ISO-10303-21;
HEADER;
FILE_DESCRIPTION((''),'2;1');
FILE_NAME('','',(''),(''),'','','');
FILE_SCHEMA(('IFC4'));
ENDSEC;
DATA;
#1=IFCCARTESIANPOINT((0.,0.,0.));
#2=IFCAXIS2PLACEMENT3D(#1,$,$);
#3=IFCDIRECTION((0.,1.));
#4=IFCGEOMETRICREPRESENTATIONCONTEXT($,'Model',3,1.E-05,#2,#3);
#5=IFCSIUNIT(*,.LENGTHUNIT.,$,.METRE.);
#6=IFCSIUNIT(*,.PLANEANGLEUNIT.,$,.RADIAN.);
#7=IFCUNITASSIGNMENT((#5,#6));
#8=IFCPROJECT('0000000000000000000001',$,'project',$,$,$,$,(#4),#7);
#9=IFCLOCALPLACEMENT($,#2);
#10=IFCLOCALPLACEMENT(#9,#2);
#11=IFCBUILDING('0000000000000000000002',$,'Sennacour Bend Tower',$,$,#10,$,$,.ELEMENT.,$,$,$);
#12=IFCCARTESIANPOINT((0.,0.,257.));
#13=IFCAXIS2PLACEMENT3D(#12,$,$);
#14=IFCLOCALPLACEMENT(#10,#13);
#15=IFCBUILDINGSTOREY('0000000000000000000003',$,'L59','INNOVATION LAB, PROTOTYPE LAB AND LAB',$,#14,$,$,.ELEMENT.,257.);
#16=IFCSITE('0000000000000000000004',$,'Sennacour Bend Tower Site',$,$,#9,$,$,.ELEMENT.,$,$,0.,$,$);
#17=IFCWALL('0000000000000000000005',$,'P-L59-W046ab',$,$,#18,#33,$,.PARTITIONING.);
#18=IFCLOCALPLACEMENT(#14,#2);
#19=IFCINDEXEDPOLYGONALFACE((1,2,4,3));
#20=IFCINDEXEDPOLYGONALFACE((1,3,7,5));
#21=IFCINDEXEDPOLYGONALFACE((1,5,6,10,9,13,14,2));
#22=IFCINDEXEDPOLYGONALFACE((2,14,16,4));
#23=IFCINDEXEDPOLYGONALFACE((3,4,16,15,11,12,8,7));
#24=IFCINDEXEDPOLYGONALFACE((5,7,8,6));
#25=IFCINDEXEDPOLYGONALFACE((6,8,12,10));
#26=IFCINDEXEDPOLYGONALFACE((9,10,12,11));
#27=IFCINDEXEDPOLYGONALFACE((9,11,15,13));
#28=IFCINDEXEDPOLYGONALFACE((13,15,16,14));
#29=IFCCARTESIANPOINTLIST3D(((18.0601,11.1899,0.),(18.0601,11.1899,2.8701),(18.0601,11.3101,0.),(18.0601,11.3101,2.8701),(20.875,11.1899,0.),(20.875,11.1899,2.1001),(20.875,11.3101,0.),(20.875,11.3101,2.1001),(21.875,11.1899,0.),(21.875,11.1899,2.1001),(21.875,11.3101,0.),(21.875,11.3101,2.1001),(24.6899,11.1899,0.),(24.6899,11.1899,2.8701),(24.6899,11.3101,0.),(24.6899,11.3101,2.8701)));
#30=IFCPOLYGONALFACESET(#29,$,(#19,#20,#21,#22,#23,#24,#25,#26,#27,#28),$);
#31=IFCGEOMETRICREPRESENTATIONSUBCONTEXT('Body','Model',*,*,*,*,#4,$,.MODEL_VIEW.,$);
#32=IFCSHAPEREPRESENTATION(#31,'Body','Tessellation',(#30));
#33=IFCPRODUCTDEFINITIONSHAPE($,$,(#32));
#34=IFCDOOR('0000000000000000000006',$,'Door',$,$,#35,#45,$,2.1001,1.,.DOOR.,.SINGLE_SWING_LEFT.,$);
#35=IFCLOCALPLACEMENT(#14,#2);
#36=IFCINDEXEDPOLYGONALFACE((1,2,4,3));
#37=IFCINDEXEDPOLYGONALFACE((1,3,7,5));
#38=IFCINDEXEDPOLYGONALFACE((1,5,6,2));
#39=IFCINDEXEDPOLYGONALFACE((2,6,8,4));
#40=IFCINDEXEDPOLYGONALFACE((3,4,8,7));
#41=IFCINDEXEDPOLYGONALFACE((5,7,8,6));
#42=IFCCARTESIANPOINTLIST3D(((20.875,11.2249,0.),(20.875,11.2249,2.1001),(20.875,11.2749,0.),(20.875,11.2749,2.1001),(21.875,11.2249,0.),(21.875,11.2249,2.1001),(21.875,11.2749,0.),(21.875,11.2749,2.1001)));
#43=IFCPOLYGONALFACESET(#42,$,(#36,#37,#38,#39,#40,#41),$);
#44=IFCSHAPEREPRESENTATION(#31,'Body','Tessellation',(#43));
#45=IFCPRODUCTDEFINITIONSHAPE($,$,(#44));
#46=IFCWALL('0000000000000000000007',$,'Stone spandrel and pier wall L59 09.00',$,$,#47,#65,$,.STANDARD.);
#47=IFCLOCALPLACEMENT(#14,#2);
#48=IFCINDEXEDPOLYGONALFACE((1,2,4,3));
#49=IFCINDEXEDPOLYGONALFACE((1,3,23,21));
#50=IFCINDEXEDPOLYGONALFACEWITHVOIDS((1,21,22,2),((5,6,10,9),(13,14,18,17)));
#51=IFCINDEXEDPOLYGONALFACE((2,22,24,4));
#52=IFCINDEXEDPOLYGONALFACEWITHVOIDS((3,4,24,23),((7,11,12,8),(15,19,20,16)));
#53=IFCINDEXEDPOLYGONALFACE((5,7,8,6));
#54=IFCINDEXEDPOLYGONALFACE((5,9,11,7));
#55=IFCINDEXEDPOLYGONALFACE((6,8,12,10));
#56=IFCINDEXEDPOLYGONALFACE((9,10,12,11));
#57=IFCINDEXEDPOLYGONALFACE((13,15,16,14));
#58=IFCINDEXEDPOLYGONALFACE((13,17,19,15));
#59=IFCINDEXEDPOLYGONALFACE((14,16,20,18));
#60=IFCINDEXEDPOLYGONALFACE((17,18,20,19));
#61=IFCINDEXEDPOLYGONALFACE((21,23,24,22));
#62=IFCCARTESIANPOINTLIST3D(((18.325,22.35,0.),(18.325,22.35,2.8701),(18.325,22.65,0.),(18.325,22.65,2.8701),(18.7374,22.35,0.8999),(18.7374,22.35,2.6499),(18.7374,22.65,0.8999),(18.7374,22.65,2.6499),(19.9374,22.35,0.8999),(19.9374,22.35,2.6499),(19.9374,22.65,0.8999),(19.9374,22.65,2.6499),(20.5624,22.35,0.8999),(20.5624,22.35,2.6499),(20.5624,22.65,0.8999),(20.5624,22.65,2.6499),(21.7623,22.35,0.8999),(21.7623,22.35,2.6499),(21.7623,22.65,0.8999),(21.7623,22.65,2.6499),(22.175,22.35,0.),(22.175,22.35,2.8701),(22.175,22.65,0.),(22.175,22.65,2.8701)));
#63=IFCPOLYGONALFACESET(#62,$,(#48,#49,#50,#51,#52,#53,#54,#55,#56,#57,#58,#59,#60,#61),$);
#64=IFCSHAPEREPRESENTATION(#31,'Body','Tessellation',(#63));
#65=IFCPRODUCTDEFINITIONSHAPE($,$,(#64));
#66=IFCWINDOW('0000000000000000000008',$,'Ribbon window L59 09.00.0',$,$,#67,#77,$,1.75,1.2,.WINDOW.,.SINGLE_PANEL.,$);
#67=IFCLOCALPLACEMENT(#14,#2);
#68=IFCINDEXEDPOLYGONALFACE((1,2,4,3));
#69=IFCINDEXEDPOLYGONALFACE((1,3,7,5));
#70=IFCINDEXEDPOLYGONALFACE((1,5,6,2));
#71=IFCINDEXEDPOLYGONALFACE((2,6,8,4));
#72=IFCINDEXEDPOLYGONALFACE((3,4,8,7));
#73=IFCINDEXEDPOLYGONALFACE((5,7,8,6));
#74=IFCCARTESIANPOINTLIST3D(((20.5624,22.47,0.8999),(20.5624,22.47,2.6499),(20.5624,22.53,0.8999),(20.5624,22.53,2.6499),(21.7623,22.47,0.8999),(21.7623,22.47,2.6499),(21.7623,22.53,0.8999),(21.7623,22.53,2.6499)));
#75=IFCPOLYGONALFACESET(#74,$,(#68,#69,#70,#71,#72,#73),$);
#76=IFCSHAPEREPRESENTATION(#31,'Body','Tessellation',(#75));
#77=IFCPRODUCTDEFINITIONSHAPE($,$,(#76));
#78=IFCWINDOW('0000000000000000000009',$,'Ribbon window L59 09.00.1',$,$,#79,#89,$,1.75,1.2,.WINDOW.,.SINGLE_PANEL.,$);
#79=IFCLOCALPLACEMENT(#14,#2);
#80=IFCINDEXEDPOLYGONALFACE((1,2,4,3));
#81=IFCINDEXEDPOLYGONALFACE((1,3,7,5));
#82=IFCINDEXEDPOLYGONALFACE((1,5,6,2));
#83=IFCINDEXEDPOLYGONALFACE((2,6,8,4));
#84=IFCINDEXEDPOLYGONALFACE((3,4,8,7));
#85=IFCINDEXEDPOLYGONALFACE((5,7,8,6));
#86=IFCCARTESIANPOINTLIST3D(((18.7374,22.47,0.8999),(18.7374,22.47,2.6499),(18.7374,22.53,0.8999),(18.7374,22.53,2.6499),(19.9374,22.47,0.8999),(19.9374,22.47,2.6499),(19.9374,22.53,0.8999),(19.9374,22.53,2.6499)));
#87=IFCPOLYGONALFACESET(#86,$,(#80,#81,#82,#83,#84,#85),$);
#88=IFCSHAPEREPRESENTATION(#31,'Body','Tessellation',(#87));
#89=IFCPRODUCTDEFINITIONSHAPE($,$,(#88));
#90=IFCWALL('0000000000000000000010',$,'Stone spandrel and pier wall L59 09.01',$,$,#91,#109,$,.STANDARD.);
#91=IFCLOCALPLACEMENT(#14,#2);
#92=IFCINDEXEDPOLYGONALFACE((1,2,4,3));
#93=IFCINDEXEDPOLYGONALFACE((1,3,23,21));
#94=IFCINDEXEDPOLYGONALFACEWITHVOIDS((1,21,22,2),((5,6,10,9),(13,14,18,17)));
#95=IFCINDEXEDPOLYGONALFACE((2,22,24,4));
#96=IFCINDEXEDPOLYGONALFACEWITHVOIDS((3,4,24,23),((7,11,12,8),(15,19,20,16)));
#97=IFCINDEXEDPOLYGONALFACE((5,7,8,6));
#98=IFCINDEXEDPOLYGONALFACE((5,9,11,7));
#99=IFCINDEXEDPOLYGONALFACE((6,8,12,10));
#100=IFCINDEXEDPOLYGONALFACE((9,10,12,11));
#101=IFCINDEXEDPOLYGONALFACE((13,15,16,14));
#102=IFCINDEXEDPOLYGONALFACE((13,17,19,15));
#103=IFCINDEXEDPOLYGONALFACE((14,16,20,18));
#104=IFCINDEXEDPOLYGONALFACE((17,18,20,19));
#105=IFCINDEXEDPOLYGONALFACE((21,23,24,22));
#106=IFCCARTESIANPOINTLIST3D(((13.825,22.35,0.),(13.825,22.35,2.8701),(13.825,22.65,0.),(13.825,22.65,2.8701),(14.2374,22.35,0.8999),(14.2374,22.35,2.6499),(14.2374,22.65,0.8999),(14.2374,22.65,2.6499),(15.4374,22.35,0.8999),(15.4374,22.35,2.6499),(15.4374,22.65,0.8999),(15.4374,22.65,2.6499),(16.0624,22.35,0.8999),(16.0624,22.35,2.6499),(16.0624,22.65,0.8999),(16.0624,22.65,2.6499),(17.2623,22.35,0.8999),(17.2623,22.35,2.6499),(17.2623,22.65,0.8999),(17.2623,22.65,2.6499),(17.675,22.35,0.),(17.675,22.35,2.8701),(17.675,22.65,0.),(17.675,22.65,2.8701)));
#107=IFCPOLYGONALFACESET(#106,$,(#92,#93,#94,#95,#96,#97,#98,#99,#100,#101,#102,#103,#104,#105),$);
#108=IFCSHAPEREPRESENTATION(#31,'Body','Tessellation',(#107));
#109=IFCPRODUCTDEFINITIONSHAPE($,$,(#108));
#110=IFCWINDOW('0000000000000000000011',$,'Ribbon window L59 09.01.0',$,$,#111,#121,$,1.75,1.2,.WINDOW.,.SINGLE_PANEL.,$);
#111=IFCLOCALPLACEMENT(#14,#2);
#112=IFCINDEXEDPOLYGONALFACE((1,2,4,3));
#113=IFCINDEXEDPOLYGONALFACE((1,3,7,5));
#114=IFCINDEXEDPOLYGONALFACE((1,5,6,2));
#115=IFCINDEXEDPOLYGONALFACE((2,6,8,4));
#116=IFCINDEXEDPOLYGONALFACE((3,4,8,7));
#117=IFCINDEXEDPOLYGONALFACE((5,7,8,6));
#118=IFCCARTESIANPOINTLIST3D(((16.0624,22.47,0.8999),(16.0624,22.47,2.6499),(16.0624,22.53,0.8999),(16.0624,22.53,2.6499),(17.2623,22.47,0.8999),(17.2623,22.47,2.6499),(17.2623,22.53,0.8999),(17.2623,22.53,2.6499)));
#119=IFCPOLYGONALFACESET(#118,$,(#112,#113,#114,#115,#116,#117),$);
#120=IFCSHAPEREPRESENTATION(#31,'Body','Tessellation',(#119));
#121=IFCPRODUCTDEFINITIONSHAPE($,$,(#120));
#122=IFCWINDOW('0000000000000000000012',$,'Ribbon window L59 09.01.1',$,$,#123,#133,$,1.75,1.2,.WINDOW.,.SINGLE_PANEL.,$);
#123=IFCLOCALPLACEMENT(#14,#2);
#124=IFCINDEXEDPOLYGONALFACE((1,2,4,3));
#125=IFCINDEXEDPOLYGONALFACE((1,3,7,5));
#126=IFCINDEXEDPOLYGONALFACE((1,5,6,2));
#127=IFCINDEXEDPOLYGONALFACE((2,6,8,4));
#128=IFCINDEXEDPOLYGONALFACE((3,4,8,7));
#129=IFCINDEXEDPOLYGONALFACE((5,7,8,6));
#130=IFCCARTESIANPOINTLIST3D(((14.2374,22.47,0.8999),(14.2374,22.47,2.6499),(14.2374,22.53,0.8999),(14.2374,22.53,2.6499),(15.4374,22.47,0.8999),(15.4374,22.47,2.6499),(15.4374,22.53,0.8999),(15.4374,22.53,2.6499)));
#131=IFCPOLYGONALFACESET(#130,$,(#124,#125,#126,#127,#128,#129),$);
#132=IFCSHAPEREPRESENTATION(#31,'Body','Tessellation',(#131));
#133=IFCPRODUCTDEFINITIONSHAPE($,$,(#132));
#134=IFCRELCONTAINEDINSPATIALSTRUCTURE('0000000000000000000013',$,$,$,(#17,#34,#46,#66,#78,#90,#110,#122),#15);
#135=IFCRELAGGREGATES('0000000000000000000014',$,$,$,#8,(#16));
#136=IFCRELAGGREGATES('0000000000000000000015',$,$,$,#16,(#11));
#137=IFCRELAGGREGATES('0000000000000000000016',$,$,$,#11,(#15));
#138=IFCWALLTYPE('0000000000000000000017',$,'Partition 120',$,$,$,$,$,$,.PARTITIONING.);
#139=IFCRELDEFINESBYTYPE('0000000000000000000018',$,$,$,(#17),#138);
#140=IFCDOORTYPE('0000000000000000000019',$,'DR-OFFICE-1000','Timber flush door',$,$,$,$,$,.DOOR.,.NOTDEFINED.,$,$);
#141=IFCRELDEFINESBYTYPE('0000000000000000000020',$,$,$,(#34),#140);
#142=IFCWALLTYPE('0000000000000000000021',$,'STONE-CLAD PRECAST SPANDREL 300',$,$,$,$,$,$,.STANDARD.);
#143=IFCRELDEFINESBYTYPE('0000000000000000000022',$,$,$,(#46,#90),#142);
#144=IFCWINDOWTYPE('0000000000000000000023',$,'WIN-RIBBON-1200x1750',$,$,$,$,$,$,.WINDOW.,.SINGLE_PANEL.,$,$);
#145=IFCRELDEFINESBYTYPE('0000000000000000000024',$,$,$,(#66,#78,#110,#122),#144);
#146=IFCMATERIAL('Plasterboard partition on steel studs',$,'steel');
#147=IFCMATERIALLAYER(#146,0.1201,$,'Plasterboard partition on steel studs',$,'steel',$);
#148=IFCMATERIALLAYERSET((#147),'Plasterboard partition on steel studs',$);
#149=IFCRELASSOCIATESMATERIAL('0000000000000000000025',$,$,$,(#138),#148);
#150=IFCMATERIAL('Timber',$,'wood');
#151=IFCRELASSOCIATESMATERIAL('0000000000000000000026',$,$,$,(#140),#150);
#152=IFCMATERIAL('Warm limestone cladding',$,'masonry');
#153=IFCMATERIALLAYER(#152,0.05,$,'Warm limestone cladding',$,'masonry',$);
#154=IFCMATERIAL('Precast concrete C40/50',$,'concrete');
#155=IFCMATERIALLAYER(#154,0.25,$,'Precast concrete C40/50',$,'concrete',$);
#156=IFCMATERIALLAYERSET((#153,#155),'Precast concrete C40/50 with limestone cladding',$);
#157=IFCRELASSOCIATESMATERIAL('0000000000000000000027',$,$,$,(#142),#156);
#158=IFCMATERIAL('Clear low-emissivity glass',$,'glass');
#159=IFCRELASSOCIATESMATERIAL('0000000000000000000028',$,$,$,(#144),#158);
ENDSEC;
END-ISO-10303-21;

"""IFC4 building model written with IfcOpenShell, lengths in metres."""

from ifc_helpers import new_model, si_unit, direction, frame, frame_2d, origin, place, context, subcontext, project, spatial, rectangle, extrude, material, layer, layer_set, type_object, element, fill, save


model = new_model("IFC4")

# Units and contexts
model_context = context("Model", 3, precision=1e-05, world=origin(), true_north=direction((0.0, 1.0)))
body_context = subcontext(model_context, "Body", "Model", "MODEL_VIEW")
ifc_project = project(units=[si_unit("LENGTHUNIT", "METRE"), si_unit("PLANEANGLEUNIT", "RADIAN")], contexts=[model_context])

# Site, building, storey
site_placement = place(None, origin())
site = spatial("IfcSite", under=ifc_project, at=site_placement, Name="Sennacour Bend Tower Site", CompositionType="ELEMENT", RefElevation=0.0)
building_placement = place(site_placement, origin())
building = spatial("IfcBuilding", under=site, at=building_placement, Name="Sennacour Bend Tower", CompositionType="ELEMENT")
storey_placement = place(building_placement, frame((0.0, 0.0, 257.0)))
storey = spatial("IfcBuildingStorey", under=building, at=storey_placement, Name="L59", Description="INNOVATION LAB, PROTOTYPE LAB AND LAB", CompositionType="ELEMENT", Elevation=257.0)

# Shared definitions
ifc_material_1 = material(Name="Plasterboard partition on steel studs", Category="steel")
ifc_layer_1 = layer(ifc_material_1, 0.1201, Name="Plasterboard partition on steel studs", Category="steel")
ifc_layer_set_1 = layer_set([ifc_layer_1], Name="Plasterboard partition on steel studs")
wall_type_1 = type_object("IfcWallType", Name="Partition 120", PredefinedType="PARTITIONING", material=ifc_layer_set_1)

# Wall, opening, door
ifc_material_2 = material(Name="Timber", Category="wood")
door_type = type_object("IfcDoorType", Name="DR-OFFICE-1000", Description="Timber flush door", OperationType="NOTDEFINED", PredefinedType="DOOR", material=ifc_material_2)
wall_1_placement = place(storey_placement, frame((18.0601, 11.25, 0.0), z_axis=(0.0, 0.0, 1.0), x_axis=(1.0, 0.0, 0.0)))
wall_1 = element("IfcWall", 1, at=wall_1_placement, inside=storey, type_object=wall_type_1, Name="P-L59-W046ab", PredefinedType="PARTITIONING", context=body_context, shape_type="SweptSolid", body=[
    extrude(rectangle(XDim=6.6299, YDim=0.1201, at=frame_2d((3.3149, 0.0))), origin(), (0.0, 0.0, 1.0), 2.8701),
])
opening_1_placement = place(wall_1_placement, frame((2.8149, 0.0, 0.0)))
opening_1 = element("IfcOpeningElement", 2, at=opening_1_placement, cuts=wall_1, PredefinedType="OPENING", context=body_context, shape_type="SweptSolid", body=[
    extrude(rectangle(XDim=1.0, YDim=2.1001, at=frame_2d((0.5, 1.05))), frame((0.0, 0.0701, 0.0), z_axis=(0.0, -1.0, 0.0), x_axis=(1.0, 0.0, 0.0)), (0.0, 0.0, 1.0), 0.1401),
])
door_1_placement = place(opening_1_placement, origin())
door_1 = element("IfcDoor", 3, at=door_1_placement, inside=storey, type_object=door_type, Name="Door", OperationType="SINGLE_SWING_LEFT", OverallHeight=2.1001, OverallWidth=1.0, PredefinedType="DOOR", context=body_context, shape_type="SweptSolid", body=[
    extrude(rectangle(XDim=1.0, YDim=2.1001, at=frame_2d((0.5, 1.05))), frame((0.0, 0.0249, 0.0), z_axis=(0.0, -1.0, 0.0), x_axis=(1.0, 0.0, 0.0)), (0.0, 0.0, 1.0), 0.05),
])
fill(opening_1, door_1)

# Walls, openings, windows
ifc_material_3 = material(Name="Warm limestone cladding", Category="masonry")
ifc_layer_2 = layer(ifc_material_3, 0.05, Name="Warm limestone cladding", Category="masonry")
ifc_material_4 = material(Name="Precast concrete C40/50", Category="concrete")
ifc_layer_3 = layer(ifc_material_4, 0.25, Name="Precast concrete C40/50", Category="concrete")
ifc_layer_set_2 = layer_set([ifc_layer_2, ifc_layer_3], Name="Precast concrete C40/50 with limestone cladding")
wall_type_2 = type_object("IfcWallType", Name="STONE-CLAD PRECAST SPANDREL 300", PredefinedType="STANDARD", material=ifc_layer_set_2)
wall_2_placement = place(storey_placement, frame((22.175, 22.5, 0.0), z_axis=(0.0, 0.0, 1.0), x_axis=(-1.0, 0.0, 0.0)))
wall_2 = element("IfcWall", 4, at=wall_2_placement, inside=storey, type_object=wall_type_2, Name="Stone spandrel and pier wall L59 09.00", PredefinedType="STANDARD", context=body_context, shape_type="SweptSolid", body=[
    extrude(rectangle(XDim=3.8501, YDim=0.3, at=frame_2d((1.925, 0.0))), origin(), (0.0, 0.0, 1.0), 2.8701),
])
opening_2_placement = place(wall_2_placement, frame((0.4126, 0.0, 0.8999)))
opening_2 = element("IfcOpeningElement", 5, at=opening_2_placement, cuts=wall_2, PredefinedType="OPENING", context=body_context, shape_type="SweptSolid", body=[
    extrude(rectangle(XDim=1.2, YDim=1.75, at=frame_2d((0.6001, 0.875))), frame((0.0, 0.1602, 0.0), z_axis=(0.0, -1.0, 0.0), x_axis=(1.0, 0.0, 0.0)), (0.0, 0.0, 1.0), 0.3201),
])
opening_3_placement = place(wall_2_placement, frame((2.2375, 0.0, 0.8999)))
opening_3 = element("IfcOpeningElement", 6, at=opening_3_placement, cuts=wall_2, PredefinedType="OPENING", context=body_context, shape_type="SweptSolid", body=[
    extrude(rectangle(XDim=1.2, YDim=1.75, at=frame_2d((0.6001, 0.875))), frame((0.0, 0.1602, 0.0), z_axis=(0.0, -1.0, 0.0), x_axis=(1.0, 0.0, 0.0)), (0.0, 0.0, 1.0), 0.3201),
])
ifc_material_5 = material(Name="Clear low-emissivity glass", Category="glass")
window_type = type_object("IfcWindowType", Name="WIN-RIBBON-1200x1750", PartitioningType="SINGLE_PANEL", PredefinedType="WINDOW", material=ifc_material_5)
window_1_placement = place(opening_2_placement, origin())
window_1 = element("IfcWindow", 7, at=window_1_placement, inside=storey, type_object=window_type, Name="Ribbon window L59 09.00.0", OverallHeight=1.75, OverallWidth=1.2, PartitioningType="SINGLE_PANEL", PredefinedType="WINDOW", context=body_context, shape_type="SweptSolid", body=[
    extrude(rectangle(XDim=1.2, YDim=1.75, at=frame_2d((0.6001, 0.875))), frame((0.0, 0.03, 0.0), z_axis=(0.0, -1.0, 0.0), x_axis=(1.0, 0.0, 0.0)), (0.0, 0.0, 1.0), 0.0601),
])
fill(opening_2, window_1)
window_2_placement = place(opening_3_placement, origin())
window_2 = element("IfcWindow", 8, at=window_2_placement, inside=storey, type_object=window_type, Name="Ribbon window L59 09.00.1", OverallHeight=1.75, OverallWidth=1.2, PartitioningType="SINGLE_PANEL", PredefinedType="WINDOW", context=body_context, shape_type="SweptSolid", body=[
    extrude(rectangle(XDim=1.2, YDim=1.75, at=frame_2d((0.6001, 0.875))), frame((0.0, 0.03, 0.0), z_axis=(0.0, -1.0, 0.0), x_axis=(1.0, 0.0, 0.0)), (0.0, 0.0, 1.0), 0.0601),
])
fill(opening_3, window_2)
wall_3_placement = place(storey_placement, frame((17.675, 22.5, 0.0), z_axis=(0.0, 0.0, 1.0), x_axis=(-1.0, 0.0, 0.0)))
wall_3 = element("IfcWall", 9, at=wall_3_placement, inside=storey, type_object=wall_type_2, Name="Stone spandrel and pier wall L59 09.01", PredefinedType="STANDARD", context=body_context, shape_type="SweptSolid", body=[
    extrude(rectangle(XDim=3.8501, YDim=0.3, at=frame_2d((1.925, 0.0))), origin(), (0.0, 0.0, 1.0), 2.8701),
])
opening_4_placement = place(wall_3_placement, frame((0.4126, 0.0, 0.8999)))
opening_4 = element("IfcOpeningElement", 10, at=opening_4_placement, cuts=wall_3, PredefinedType="OPENING", context=body_context, shape_type="SweptSolid", body=[
    extrude(rectangle(XDim=1.2, YDim=1.75, at=frame_2d((0.6001, 0.875))), frame((0.0, 0.1602, 0.0), z_axis=(0.0, -1.0, 0.0), x_axis=(1.0, 0.0, 0.0)), (0.0, 0.0, 1.0), 0.3201),
])
opening_5_placement = place(wall_3_placement, frame((2.2375, 0.0, 0.8999)))
opening_5 = element("IfcOpeningElement", 11, at=opening_5_placement, cuts=wall_3, PredefinedType="OPENING", context=body_context, shape_type="SweptSolid", body=[
    extrude(rectangle(XDim=1.2, YDim=1.75, at=frame_2d((0.6001, 0.875))), frame((0.0, 0.1602, 0.0), z_axis=(0.0, -1.0, 0.0), x_axis=(1.0, 0.0, 0.0)), (0.0, 0.0, 1.0), 0.3201),
])
window_3_placement = place(opening_4_placement, origin())
window_3 = element("IfcWindow", 12, at=window_3_placement, inside=storey, type_object=window_type, Name="Ribbon window L59 09.01.0", OverallHeight=1.75, OverallWidth=1.2, PartitioningType="SINGLE_PANEL", PredefinedType="WINDOW", context=body_context, shape_type="SweptSolid", body=[
    extrude(rectangle(XDim=1.2, YDim=1.75, at=frame_2d((0.6001, 0.875))), frame((0.0, 0.03, 0.0), z_axis=(0.0, -1.0, 0.0), x_axis=(1.0, 0.0, 0.0)), (0.0, 0.0, 1.0), 0.0601),
])
fill(opening_4, window_3)
window_4_placement = place(opening_5_placement, origin())
window_4 = element("IfcWindow", 13, at=window_4_placement, inside=storey, type_object=window_type, Name="Ribbon window L59 09.01.1", OverallHeight=1.75, OverallWidth=1.2, PartitioningType="SINGLE_PANEL", PredefinedType="WINDOW", context=body_context, shape_type="SweptSolid", body=[
    extrude(rectangle(XDim=1.2, YDim=1.75, at=frame_2d((0.6001, 0.875))), frame((0.0, 0.03, 0.0), z_axis=(0.0, -1.0, 0.0), x_axis=(1.0, 0.0, 0.0)), (0.0, 0.0, 1.0), 0.0601),
])
fill(opening_5, window_4)

save(model, "model.ifc")
